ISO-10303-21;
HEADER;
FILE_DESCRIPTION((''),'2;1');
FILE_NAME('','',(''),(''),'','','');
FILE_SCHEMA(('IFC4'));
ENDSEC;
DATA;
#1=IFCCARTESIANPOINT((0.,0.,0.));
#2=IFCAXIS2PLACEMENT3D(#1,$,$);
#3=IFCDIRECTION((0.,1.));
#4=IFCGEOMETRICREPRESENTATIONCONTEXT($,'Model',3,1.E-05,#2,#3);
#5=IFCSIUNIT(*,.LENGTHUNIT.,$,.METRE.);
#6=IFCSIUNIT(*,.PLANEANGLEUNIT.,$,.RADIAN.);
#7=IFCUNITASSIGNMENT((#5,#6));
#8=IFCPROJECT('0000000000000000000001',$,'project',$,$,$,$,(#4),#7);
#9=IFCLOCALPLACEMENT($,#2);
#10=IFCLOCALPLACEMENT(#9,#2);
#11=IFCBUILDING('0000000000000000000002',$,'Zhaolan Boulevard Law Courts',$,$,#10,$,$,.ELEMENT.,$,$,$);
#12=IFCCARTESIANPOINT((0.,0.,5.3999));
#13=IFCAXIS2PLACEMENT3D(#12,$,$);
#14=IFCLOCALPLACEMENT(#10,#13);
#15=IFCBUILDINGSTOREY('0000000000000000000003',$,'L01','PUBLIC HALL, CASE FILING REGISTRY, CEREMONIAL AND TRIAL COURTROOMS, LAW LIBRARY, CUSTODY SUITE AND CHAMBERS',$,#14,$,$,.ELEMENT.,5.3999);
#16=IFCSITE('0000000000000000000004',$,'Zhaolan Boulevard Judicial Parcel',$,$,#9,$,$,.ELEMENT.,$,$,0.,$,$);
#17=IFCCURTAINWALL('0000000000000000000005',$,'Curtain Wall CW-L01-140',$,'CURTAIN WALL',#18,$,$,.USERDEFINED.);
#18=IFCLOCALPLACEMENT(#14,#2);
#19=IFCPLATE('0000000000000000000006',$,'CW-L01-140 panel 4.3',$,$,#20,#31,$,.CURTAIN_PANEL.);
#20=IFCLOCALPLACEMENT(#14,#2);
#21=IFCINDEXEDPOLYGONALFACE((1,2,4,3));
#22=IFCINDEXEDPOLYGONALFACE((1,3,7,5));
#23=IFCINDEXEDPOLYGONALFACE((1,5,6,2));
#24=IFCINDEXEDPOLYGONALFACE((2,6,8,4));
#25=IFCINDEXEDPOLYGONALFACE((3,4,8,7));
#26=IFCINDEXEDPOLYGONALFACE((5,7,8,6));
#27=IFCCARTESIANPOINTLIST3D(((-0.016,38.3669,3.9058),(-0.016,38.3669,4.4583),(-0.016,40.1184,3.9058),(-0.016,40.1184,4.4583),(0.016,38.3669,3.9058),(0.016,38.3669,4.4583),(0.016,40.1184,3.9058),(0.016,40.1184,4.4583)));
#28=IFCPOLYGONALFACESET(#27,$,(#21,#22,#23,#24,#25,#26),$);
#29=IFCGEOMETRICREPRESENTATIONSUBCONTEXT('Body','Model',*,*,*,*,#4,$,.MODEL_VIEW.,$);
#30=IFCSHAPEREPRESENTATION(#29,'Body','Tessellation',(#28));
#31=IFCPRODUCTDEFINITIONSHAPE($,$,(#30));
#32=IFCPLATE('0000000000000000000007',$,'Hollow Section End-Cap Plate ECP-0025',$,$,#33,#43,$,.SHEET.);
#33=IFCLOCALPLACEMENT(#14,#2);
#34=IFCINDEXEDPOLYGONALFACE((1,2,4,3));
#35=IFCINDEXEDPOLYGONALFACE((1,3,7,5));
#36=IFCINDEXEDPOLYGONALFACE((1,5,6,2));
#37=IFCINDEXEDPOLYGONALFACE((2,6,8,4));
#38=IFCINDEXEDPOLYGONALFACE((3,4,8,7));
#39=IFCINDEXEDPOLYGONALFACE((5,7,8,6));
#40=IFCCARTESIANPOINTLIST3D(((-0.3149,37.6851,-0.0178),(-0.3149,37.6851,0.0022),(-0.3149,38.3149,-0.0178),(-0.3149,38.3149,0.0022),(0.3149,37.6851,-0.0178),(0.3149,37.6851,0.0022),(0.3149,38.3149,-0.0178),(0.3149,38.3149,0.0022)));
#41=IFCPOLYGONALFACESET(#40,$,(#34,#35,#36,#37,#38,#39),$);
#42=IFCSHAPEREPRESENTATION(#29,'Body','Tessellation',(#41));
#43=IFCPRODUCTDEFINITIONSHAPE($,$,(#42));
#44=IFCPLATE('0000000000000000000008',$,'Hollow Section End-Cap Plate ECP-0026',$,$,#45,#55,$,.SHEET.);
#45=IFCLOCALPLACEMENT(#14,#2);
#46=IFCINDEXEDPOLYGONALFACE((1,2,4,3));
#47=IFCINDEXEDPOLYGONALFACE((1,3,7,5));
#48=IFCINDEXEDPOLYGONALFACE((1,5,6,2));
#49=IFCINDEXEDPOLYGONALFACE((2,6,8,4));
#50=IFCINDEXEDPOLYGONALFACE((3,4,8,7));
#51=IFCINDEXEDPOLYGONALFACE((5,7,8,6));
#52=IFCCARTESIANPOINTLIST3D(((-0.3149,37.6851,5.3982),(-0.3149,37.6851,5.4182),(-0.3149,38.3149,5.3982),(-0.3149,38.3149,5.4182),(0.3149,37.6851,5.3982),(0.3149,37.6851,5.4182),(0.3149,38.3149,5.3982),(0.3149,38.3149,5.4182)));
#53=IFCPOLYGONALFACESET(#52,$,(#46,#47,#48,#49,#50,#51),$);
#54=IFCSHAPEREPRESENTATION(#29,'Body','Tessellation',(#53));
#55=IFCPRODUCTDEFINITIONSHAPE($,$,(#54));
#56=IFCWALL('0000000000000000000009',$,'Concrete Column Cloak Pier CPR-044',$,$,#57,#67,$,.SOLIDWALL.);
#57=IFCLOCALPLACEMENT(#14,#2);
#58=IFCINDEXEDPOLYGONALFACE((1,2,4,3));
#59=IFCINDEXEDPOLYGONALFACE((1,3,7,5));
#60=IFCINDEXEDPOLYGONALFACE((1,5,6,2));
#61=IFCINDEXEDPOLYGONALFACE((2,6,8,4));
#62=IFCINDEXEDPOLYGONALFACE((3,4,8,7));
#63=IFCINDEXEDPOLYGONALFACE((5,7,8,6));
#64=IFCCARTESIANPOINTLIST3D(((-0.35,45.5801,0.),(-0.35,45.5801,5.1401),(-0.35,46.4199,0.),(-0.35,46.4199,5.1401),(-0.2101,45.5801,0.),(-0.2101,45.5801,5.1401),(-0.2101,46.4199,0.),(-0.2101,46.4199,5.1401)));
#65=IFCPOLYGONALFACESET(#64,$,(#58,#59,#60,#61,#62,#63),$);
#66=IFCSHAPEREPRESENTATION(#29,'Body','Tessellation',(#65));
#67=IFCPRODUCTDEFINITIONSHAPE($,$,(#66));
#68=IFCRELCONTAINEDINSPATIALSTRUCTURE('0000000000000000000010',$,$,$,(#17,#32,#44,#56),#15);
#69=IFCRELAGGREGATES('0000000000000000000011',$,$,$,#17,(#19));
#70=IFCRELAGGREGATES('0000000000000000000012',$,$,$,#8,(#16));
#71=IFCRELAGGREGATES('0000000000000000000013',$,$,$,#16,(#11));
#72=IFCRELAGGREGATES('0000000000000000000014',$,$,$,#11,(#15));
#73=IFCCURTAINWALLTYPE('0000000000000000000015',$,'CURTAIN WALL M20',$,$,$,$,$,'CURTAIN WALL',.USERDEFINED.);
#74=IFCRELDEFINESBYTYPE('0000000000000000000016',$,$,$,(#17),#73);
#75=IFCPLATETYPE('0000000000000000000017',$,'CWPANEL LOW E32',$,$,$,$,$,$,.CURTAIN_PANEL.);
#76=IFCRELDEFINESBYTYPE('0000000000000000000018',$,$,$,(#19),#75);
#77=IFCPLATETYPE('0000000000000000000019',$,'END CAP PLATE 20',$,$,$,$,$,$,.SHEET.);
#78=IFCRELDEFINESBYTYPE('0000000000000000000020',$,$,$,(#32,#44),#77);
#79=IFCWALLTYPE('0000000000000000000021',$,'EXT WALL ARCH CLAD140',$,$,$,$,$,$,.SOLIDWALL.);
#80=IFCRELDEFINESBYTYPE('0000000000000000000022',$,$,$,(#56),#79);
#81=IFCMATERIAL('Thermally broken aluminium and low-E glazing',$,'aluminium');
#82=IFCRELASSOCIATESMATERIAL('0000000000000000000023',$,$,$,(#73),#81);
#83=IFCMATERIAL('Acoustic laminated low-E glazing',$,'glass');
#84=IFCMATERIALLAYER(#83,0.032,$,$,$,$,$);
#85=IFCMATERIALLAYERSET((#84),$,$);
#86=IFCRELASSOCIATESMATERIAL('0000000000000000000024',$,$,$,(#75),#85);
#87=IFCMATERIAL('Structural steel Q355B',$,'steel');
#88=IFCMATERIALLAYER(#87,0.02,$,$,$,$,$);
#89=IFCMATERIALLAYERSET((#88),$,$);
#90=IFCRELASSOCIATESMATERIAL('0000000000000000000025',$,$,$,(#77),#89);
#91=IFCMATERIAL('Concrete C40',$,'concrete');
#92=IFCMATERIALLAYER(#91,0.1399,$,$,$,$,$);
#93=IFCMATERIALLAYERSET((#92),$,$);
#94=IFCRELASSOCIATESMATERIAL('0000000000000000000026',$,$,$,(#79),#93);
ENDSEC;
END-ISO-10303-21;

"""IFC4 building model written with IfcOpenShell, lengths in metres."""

from ifc_helpers import new_model, si_unit, direction, frame, frame_2d, origin, origin_2d, place, context, subcontext, project, spatial, rectangle, extrude, material, layer, layer_set, type_object, element, aggregate, save


model = new_model("IFC4")

# Units and contexts
model_context = context("Model", 3, precision=1e-05, world=origin(), true_north=direction((0.0, 1.0)))
body_context = subcontext(model_context, "Body", "Model", "MODEL_VIEW")
ifc_project = project(units=[si_unit("LENGTHUNIT", "METRE"), si_unit("PLANEANGLEUNIT", "RADIAN")], contexts=[model_context])

# Site, building, storey
site_placement = place(None, origin())
site = spatial("IfcSite", under=ifc_project, at=site_placement, Name="Zhaolan Boulevard Judicial Parcel", CompositionType="ELEMENT", RefElevation=0.0)
building_placement = place(site_placement, origin())
building = spatial("IfcBuilding", under=site, at=building_placement, Name="Zhaolan Boulevard Law Courts", CompositionType="ELEMENT")
storey_placement = place(building_placement, frame((0.0, 0.0, 5.3999)))
storey = spatial("IfcBuildingStorey", under=building, at=storey_placement, Name="L01", Description="PUBLIC HALL, CASE FILING REGISTRY, CEREMONIAL AND TRIAL COURTROOMS, LAW LIBRARY, CUSTODY SUITE AND CHAMBERS", CompositionType="ELEMENT", Elevation=5.3999)

# Curtain wall
ifc_material_1 = material(Name="Thermally broken aluminium and low-E glazing", Category="aluminium")
curtain_wall_type_1 = type_object("IfcCurtainWallType", Name="CURTAIN WALL M20", ElementType="CURTAIN WALL", PredefinedType="USERDEFINED", material=ifc_material_1)
curtain_wall_1_placement = place(storey_placement, origin())
curtain_wall_1 = element("IfcCurtainWall", 1, at=curtain_wall_1_placement, inside=storey, type_object=curtain_wall_type_1, Name="Curtain Wall CW-L01-140", ObjectType="CURTAIN WALL", PredefinedType="USERDEFINED")

# Plate
ifc_material_2 = material(Name="Acoustic laminated low-E glazing", Category="glass")
ifc_layer_1 = layer(ifc_material_2, 0.032)
ifc_layer_set_1 = layer_set([ifc_layer_1])
plate_type_1 = type_object("IfcPlateType", Name="CWPANEL LOW E32", PredefinedType="CURTAIN_PANEL", material=ifc_layer_set_1)
plate_1_placement = place(storey_placement, frame((0.0, 39.2427, 3.9058), z_axis=(0.0, 0.0, 1.0), x_axis=(0.0, -1.0, 0.0)))
plate_1 = element("IfcPlate", 2, at=plate_1_placement, type_object=plate_type_1, Name="CW-L01-140 panel 4.3", PredefinedType="CURTAIN_PANEL", context=body_context, shape_type="SweptSolid", body=[
    extrude(rectangle(XDim=1.7515, YDim=0.032, at=origin_2d()), origin(), (0.0, 0.0, 1.0), 0.5525),
])
aggregate(curtain_wall_1, [plate_1])

# Plates
ifc_material_3 = material(Name="Structural steel Q355B", Category="steel")
ifc_layer_2 = layer(ifc_material_3, 0.02)
ifc_layer_set_2 = layer_set([ifc_layer_2])
plate_type_2 = type_object("IfcPlateType", Name="END CAP PLATE 20", PredefinedType="SHEET", material=ifc_layer_set_2)
for number, where, z_axis, x_axis, name in (
    (3, (0.0, 38.0, -0.0178), (0.0, 0.0, 1.0), (1.0, 0.0, 0.0), "Hollow Section End-Cap Plate ECP-0025"),
    (4, (0.0, 38.0, 5.3982), (0.0, 0.0, 1.0), (1.0, 0.0, 0.0), "Hollow Section End-Cap Plate ECP-0026"),
):
    element("IfcPlate", number, at=place(storey_placement, frame(where, z_axis=z_axis, x_axis=x_axis)), inside=storey, type_object=plate_type_2, Name=name, PredefinedType="SHEET", context=body_context, shape_type="SweptSolid", body=[
        extrude(rectangle(XDim=0.6299, YDim=0.6299, at=origin_2d()), origin(), (0.0, 0.0, 1.0), 0.02),
    ])

# Wall
ifc_material_4 = material(Name="Concrete C40", Category="concrete")
ifc_layer_3 = layer(ifc_material_4, 0.1399)
ifc_layer_set_3 = layer_set([ifc_layer_3])
wall_type = type_object("IfcWallType", Name="EXT WALL ARCH CLAD140", PredefinedType="SOLIDWALL", material=ifc_layer_set_3)
wall_placement = place(storey_placement, frame((-0.28, 45.5801, 0.0), z_axis=(0.0, 0.0, 1.0), x_axis=(0.0, 1.0, 0.0)))
element("IfcWall", 5, at=wall_placement, inside=storey, type_object=wall_type, Name="Concrete Column Cloak Pier CPR-044", PredefinedType="SOLIDWALL", context=body_context, shape_type="SweptSolid", body=[
    extrude(rectangle(XDim=0.8398, YDim=0.1399, at=frame_2d((0.4199, 0.0))), origin(), (0.0, 0.0, 1.0), 5.1401),
])

save(model, "model.ifc")
